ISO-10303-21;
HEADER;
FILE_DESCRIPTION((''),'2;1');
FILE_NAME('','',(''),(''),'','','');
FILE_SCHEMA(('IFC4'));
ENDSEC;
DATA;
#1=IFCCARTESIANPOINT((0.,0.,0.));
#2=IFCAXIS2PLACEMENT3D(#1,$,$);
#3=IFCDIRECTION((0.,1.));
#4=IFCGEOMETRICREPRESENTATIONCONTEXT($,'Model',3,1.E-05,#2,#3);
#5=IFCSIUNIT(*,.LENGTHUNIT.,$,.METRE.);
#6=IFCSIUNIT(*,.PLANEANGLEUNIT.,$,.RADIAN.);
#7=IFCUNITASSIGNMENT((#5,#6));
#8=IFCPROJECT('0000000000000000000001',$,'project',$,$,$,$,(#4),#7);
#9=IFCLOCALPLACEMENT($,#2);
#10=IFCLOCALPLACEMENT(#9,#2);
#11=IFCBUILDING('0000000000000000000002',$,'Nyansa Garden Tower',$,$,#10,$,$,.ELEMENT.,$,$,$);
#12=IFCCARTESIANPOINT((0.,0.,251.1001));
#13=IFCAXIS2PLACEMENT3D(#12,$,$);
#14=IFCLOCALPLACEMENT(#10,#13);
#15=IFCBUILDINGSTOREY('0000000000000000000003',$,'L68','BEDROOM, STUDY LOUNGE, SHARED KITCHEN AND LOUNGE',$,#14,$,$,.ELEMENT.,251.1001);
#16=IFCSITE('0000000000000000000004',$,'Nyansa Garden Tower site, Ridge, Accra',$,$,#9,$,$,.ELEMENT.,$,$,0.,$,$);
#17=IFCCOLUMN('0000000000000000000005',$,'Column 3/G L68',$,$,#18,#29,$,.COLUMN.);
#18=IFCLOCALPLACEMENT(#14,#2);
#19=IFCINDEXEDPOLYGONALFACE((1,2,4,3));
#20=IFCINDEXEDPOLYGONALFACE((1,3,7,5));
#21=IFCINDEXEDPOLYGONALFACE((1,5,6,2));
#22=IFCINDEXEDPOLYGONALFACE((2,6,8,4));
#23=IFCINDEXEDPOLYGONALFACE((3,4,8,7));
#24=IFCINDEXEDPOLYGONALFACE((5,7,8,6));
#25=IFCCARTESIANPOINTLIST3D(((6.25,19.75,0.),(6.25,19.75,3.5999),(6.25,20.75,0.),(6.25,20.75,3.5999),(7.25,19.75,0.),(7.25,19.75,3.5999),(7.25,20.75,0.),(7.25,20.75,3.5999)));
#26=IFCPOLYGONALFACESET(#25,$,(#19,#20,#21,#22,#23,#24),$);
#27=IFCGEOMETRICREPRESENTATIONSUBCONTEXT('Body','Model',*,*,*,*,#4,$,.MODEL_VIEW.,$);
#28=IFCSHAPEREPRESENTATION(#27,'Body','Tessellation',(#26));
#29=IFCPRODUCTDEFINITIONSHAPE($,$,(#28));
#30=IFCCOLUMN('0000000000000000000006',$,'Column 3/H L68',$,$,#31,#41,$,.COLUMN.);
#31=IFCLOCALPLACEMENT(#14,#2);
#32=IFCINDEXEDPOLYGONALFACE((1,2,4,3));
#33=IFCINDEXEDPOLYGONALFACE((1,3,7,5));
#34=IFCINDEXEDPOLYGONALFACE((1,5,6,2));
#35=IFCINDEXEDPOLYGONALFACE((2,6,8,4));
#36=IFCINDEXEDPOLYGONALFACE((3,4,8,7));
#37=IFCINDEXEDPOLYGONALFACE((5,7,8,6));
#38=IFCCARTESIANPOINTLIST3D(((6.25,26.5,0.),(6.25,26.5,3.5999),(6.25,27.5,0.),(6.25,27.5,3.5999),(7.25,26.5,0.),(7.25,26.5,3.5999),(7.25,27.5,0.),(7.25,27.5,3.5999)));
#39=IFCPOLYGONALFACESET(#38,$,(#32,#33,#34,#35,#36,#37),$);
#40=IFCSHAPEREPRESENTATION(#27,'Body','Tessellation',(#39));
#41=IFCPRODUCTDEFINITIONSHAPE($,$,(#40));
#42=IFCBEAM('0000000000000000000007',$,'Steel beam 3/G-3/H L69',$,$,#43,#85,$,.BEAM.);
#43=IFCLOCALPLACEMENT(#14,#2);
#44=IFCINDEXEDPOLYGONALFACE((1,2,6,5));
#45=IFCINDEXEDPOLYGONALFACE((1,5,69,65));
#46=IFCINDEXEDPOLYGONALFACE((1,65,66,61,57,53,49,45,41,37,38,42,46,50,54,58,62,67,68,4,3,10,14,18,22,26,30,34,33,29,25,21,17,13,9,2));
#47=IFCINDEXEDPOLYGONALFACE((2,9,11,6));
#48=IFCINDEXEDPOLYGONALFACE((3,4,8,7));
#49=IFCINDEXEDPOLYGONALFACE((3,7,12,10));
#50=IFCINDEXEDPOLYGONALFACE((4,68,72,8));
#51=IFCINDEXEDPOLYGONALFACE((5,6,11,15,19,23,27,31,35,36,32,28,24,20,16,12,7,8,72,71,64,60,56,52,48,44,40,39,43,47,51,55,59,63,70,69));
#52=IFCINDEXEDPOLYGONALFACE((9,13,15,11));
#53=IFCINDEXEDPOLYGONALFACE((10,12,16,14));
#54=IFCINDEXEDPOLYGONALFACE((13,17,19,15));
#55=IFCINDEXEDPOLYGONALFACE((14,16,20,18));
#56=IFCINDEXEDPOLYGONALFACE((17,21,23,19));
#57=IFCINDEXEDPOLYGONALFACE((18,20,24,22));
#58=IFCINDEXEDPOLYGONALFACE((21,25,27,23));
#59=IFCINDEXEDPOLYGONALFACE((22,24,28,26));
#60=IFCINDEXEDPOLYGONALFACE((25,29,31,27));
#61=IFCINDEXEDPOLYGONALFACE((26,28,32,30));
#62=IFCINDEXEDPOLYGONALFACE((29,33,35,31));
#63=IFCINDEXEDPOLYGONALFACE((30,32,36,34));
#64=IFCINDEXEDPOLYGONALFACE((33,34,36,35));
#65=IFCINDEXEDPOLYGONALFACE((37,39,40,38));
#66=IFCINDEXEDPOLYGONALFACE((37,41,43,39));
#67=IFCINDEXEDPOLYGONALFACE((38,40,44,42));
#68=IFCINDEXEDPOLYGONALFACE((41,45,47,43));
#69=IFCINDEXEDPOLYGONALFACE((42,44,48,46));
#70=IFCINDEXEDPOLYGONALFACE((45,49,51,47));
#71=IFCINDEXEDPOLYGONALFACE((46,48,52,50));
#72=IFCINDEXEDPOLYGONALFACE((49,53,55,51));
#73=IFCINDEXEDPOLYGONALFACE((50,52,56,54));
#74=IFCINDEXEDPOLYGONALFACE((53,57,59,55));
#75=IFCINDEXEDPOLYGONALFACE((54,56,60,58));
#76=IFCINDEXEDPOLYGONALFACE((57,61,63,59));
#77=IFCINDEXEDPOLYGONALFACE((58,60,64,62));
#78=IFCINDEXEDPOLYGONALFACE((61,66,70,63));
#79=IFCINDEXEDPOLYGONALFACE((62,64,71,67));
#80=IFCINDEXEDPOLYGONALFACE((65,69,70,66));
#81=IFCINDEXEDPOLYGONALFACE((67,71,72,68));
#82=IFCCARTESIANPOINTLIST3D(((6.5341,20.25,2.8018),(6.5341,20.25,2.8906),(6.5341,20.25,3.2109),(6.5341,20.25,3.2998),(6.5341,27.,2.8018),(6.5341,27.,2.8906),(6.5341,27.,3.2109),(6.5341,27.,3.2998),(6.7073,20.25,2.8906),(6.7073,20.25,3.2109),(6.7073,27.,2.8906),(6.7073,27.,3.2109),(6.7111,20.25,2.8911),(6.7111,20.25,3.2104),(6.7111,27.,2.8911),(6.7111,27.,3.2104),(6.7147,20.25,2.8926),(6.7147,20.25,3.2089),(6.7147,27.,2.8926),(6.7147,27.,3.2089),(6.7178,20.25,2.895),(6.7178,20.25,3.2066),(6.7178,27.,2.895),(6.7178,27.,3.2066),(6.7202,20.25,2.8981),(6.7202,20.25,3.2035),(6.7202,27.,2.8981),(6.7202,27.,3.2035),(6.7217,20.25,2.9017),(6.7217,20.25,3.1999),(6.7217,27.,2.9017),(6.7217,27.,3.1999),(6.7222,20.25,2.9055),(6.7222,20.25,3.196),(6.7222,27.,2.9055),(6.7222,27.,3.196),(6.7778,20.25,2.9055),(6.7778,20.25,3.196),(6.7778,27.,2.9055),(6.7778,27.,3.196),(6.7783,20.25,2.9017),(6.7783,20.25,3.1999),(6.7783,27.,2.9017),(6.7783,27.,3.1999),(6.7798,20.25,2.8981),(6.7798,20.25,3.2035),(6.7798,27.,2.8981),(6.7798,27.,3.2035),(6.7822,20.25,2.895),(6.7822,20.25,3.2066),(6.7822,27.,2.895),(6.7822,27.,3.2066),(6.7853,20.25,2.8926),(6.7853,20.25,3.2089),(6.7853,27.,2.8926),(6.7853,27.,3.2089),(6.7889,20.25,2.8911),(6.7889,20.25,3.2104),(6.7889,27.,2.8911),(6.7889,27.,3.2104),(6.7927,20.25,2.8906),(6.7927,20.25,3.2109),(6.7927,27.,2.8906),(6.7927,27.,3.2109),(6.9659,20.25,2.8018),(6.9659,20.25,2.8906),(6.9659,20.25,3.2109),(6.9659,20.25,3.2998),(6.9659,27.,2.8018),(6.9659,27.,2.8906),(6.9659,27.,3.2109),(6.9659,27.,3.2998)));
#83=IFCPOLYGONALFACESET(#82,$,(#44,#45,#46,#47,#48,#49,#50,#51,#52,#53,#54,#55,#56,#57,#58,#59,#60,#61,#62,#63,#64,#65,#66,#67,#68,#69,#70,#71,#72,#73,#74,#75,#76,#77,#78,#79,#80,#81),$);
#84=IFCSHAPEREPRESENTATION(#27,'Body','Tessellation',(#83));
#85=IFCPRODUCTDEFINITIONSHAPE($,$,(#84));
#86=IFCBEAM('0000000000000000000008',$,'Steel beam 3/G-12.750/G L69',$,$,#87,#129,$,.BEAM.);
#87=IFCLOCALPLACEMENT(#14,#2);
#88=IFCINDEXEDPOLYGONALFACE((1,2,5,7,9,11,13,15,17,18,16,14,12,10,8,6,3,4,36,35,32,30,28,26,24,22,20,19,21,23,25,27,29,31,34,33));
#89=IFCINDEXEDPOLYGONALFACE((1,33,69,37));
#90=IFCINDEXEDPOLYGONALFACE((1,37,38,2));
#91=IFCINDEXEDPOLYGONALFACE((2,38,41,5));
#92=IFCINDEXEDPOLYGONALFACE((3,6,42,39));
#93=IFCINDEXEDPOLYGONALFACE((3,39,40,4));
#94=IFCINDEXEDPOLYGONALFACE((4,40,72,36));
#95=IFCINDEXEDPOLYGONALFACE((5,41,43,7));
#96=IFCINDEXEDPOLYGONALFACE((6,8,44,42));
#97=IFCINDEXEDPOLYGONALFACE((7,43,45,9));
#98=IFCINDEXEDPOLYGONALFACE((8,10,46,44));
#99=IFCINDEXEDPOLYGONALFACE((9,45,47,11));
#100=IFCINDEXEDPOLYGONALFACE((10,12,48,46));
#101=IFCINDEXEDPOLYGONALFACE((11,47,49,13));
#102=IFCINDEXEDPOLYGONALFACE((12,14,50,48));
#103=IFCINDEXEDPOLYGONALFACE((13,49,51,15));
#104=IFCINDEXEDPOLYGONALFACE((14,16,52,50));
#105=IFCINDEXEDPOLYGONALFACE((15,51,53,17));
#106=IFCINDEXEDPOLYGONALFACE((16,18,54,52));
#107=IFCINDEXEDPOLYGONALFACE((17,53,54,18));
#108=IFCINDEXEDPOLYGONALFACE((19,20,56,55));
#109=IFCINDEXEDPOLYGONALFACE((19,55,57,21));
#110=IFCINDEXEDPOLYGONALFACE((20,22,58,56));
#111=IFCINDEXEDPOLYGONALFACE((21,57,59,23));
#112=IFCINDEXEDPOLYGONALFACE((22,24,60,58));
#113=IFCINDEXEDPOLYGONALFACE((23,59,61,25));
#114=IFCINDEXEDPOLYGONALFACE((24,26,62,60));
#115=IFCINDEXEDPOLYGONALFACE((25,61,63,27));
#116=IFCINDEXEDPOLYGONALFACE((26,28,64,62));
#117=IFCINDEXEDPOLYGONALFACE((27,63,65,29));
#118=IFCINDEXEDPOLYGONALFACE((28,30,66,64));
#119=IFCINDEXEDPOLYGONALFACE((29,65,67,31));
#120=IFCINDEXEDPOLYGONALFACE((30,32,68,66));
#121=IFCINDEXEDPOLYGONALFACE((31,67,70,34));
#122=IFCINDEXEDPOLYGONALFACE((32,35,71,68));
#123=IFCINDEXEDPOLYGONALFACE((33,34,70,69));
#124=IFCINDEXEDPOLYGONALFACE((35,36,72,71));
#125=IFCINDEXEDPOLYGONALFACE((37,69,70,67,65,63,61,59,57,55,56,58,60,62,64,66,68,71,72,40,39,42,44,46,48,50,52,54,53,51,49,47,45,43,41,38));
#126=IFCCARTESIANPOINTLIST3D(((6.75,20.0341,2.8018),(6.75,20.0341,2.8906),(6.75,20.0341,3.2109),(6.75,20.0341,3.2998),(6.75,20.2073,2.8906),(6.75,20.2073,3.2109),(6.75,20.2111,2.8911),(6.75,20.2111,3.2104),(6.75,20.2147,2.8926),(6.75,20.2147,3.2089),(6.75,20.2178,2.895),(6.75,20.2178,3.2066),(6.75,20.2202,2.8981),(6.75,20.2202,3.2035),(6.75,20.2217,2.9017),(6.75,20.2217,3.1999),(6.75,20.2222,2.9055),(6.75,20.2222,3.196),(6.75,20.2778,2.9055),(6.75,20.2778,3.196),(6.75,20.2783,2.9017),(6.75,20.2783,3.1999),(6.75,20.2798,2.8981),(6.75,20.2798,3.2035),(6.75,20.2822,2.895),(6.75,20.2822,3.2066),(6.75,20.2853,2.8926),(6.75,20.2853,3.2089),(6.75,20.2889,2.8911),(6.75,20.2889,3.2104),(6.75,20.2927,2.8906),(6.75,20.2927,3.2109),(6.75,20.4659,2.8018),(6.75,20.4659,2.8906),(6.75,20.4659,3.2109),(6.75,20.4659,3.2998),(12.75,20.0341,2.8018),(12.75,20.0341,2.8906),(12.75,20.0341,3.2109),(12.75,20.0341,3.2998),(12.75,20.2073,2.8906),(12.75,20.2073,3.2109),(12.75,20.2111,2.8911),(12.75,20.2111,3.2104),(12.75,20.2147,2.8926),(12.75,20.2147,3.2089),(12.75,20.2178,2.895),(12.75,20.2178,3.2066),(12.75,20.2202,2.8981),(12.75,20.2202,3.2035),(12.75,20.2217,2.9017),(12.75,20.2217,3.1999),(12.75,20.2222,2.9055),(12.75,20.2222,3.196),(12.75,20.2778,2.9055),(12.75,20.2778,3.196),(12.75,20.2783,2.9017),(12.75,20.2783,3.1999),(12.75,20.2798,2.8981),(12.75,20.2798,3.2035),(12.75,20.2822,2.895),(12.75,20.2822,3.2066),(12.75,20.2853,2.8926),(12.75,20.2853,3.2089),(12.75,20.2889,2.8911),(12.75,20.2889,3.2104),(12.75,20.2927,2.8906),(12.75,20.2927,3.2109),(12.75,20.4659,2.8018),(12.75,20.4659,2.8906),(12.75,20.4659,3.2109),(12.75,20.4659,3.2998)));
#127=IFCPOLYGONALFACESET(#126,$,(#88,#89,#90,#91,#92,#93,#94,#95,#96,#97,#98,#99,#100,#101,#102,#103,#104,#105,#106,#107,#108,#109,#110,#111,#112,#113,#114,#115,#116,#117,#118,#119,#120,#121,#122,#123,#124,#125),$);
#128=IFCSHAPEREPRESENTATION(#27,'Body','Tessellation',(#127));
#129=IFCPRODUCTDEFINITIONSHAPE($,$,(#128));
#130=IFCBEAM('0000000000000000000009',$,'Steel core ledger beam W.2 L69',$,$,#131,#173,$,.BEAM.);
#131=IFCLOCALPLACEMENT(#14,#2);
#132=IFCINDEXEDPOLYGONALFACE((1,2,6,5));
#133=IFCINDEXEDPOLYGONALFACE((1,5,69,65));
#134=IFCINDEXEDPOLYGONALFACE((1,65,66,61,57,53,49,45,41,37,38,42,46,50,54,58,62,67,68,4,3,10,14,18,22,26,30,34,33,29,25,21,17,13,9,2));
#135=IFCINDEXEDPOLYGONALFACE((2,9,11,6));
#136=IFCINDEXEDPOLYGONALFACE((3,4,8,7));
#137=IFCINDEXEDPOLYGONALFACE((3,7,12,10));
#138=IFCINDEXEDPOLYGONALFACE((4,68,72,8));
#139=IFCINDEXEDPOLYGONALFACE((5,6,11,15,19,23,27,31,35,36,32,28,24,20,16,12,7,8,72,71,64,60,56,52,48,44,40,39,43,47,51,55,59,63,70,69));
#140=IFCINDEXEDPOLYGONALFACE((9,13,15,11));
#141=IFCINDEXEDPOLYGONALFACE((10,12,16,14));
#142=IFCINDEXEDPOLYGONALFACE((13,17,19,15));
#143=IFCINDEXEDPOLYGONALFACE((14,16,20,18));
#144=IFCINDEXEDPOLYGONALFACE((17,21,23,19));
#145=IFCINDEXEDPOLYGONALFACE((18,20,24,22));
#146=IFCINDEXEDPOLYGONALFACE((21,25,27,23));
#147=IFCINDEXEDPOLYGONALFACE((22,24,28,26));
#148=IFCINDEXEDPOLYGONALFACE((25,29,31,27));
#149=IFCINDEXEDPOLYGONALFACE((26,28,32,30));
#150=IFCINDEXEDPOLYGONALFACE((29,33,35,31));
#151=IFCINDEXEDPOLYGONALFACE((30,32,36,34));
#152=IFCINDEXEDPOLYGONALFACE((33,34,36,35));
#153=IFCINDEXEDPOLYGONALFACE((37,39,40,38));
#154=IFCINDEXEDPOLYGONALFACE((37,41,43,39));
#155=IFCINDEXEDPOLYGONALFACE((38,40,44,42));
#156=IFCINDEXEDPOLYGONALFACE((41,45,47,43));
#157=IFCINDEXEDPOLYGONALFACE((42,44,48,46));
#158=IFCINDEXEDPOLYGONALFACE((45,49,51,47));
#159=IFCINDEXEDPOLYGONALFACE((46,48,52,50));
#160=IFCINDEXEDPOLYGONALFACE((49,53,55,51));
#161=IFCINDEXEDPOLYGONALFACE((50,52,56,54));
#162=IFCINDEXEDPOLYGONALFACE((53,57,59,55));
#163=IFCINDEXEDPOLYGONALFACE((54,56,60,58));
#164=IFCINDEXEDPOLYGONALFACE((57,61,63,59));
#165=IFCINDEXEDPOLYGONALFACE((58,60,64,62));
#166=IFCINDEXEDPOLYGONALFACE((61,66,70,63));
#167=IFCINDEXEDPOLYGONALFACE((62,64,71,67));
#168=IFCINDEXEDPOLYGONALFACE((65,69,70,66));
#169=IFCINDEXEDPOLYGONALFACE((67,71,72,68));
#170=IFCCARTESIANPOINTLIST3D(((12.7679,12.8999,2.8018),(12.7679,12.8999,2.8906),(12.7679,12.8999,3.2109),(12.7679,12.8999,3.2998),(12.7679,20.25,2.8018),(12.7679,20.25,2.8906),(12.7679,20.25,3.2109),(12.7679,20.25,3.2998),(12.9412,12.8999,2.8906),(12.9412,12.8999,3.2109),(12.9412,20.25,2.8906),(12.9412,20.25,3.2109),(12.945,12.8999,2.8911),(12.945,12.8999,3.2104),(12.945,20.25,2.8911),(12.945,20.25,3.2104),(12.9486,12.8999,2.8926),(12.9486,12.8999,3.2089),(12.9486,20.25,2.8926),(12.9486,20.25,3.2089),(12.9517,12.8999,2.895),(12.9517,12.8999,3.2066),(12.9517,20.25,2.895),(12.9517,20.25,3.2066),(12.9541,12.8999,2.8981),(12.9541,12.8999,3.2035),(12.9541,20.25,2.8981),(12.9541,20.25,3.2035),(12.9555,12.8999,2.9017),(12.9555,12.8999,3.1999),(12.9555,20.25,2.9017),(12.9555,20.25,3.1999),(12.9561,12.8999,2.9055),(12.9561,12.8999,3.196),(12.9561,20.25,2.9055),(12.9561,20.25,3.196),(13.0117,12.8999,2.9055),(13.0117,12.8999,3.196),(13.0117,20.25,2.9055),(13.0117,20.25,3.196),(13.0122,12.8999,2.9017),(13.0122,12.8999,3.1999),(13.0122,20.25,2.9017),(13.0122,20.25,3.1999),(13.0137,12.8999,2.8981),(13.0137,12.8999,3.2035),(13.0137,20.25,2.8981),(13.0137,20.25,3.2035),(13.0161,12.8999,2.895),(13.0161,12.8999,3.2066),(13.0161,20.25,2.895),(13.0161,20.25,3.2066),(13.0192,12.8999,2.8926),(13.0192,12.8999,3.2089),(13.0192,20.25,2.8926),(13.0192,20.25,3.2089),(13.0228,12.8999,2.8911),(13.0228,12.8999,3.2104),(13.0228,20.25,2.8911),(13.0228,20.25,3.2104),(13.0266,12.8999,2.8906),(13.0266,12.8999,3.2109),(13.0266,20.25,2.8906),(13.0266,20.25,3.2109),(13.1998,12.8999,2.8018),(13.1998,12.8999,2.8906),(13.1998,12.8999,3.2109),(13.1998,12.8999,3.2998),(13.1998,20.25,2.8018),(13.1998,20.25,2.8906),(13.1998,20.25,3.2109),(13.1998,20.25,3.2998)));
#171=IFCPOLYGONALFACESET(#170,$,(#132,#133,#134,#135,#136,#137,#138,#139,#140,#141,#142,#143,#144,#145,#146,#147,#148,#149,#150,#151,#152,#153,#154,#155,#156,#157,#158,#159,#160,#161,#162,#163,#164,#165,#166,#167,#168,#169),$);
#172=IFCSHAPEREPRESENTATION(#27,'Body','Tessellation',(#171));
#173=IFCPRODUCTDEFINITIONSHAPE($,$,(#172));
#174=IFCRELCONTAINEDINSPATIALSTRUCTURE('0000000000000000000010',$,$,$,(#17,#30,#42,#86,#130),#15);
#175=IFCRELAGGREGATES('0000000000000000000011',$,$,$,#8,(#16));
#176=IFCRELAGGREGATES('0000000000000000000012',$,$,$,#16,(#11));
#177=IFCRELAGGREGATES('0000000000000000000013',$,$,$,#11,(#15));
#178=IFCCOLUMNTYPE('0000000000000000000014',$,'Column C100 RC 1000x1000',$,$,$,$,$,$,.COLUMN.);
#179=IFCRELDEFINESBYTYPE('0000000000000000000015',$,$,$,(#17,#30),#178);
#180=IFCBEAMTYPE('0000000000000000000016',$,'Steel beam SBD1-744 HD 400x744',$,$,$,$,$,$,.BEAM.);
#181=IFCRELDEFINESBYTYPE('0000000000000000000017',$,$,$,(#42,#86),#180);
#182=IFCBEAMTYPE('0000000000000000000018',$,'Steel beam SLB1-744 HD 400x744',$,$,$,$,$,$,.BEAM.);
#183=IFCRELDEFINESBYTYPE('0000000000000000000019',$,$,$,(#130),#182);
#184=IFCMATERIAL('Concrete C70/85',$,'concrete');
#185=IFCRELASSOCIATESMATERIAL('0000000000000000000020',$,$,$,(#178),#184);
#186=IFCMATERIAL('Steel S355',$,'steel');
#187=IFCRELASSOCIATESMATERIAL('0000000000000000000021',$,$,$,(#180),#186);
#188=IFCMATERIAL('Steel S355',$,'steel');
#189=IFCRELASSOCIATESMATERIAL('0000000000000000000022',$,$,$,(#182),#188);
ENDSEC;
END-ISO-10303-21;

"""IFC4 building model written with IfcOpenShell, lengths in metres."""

from ifc_helpers import new_model, si_unit, direction, frame, origin, origin_2d, place, context, subcontext, project, spatial, rectangle, i_section, extrude, material, material_profile, profile_set, type_object, element, save


model = new_model("IFC4")

# Units and contexts
model_context = context("Model", 3, precision=1e-05, world=origin(), true_north=direction((0.0, 1.0)))
body_context = subcontext(model_context, "Body", "Model", "MODEL_VIEW")
ifc_project = project(units=[si_unit("LENGTHUNIT", "METRE"), si_unit("PLANEANGLEUNIT", "RADIAN")], contexts=[model_context])

# Site, building, storey
site_placement = place(None, origin())
site = spatial("IfcSite", under=ifc_project, at=site_placement, Name="Nyansa Garden Tower site, Ridge, Accra", CompositionType="ELEMENT", RefElevation=0.0)
building_placement = place(site_placement, origin())
building = spatial("IfcBuilding", under=site, at=building_placement, Name="Nyansa Garden Tower", CompositionType="ELEMENT")
storey_placement = place(building_placement, frame((0.0, 0.0, 251.1001)))
storey = spatial("IfcBuildingStorey", under=building, at=storey_placement, Name="L68", Description="BEDROOM, STUDY LOUNGE, SHARED KITCHEN AND LOUNGE", CompositionType="ELEMENT", Elevation=251.1001)

# Columns
ifc_material_1 = material(Name="Concrete C70/85", Category="concrete")
ifc_material_profile_1 = material_profile(ifc_material_1, rectangle(XDim=1.0, YDim=1.0, at=origin_2d()), Name="RC 1000x1000")
ifc_profile_set_1 = profile_set([ifc_material_profile_1], Name="Concrete C70/85")
column_type = type_object("IfcColumnType", Name="Column C100 RC 1000x1000", PredefinedType="COLUMN", material=ifc_profile_set_1)
for number, where, z_axis, x_axis, name in (
    (1, (6.75, 20.25, 0.0), (0.0, 0.0, 1.0), (1.0, 0.0, 0.0), "Column 3/G L68"),
    (2, (6.75, 27.0, 0.0), (0.0, 0.0, 1.0), (1.0, 0.0, 0.0), "Column 3/H L68"),
):
    element("IfcColumn", number, at=place(storey_placement, frame(where, z_axis=z_axis, x_axis=x_axis)), inside=storey, type_object=column_type, Name=name, PredefinedType="COLUMN", context=body_context, shape_type="SweptSolid", body=[
        extrude(rectangle(XDim=1.0, YDim=1.0, at=origin_2d()), origin(), (0.0, 0.0, 1.0), 3.5999),
    ])

# Beams
ifc_material_2 = material(Name="Steel S355", Category="steel")
ifc_material_profile_2 = material_profile(ifc_material_2, i_section(OverallWidth=0.4319, OverallDepth=0.498, WebThickness=0.0557, FlangeThickness=0.0889, FilletRadius=0.0149, at=origin_2d()), Name="HD 400x744")
ifc_profile_set_2 = profile_set([ifc_material_profile_2], Name="Steel S355")
beam_type_1 = type_object("IfcBeamType", Name="Steel beam SBD1-744 HD 400x744", PredefinedType="BEAM", material=ifc_profile_set_2)
beam_1_placement = place(storey_placement, frame((6.75, 20.25, 3.0508), z_axis=(0.0, 1.0, 0.0), x_axis=(-1.0, 0.0, 0.0)))
element("IfcBeam", 3, at=beam_1_placement, inside=storey, type_object=beam_type_1, Name="Steel beam 3/G-3/H L69", PredefinedType="BEAM", context=body_context, shape_type="SweptSolid", body=[
    extrude(i_section(OverallWidth=0.4319, OverallDepth=0.498, WebThickness=0.0557, FlangeThickness=0.0889, FilletRadius=0.0149, at=origin_2d()), origin(), (0.0, 0.0, 1.0), 6.75),
])
beam_2_placement = place(storey_placement, frame((6.75, 20.25, 3.0508), z_axis=(1.0, 0.0, 0.0), x_axis=(0.0, 1.0, 0.0)))
element("IfcBeam", 4, at=beam_2_placement, inside=storey, type_object=beam_type_1, Name="Steel beam 3/G-12.750/G L69", PredefinedType="BEAM", context=body_context, shape_type="SweptSolid", body=[
    extrude(i_section(OverallWidth=0.4319, OverallDepth=0.498, WebThickness=0.0557, FlangeThickness=0.0889, FilletRadius=0.0149, at=origin_2d()), origin(), (0.0, 0.0, 1.0), 6.0),
])
ifc_material_3 = material(Name="Steel S355", Category="steel")
ifc_material_profile_3 = material_profile(ifc_material_3, i_section(OverallWidth=0.4319, OverallDepth=0.498, WebThickness=0.0557, FlangeThickness=0.0889, FilletRadius=0.0149, at=origin_2d()), Name="HD 400x744")
ifc_profile_set_3 = profile_set([ifc_material_profile_3], Name="Steel S355")
beam_type_2 = type_object("IfcBeamType", Name="Steel beam SLB1-744 HD 400x744", PredefinedType="BEAM", material=ifc_profile_set_3)
beam_3_placement = place(storey_placement, frame((12.9839, 20.25, 3.0508), z_axis=(0.0, -1.0, 0.0), x_axis=(1.0, 0.0, 0.0)))
element("IfcBeam", 5, at=beam_3_placement, inside=storey, type_object=beam_type_2, Name="Steel core ledger beam W.2 L69", PredefinedType="BEAM", context=body_context, shape_type="SweptSolid", body=[
    extrude(i_section(OverallWidth=0.4319, OverallDepth=0.498, WebThickness=0.0557, FlangeThickness=0.0889, FilletRadius=0.0149, at=origin_2d()), origin(), (0.0, 0.0, 1.0), 7.3501),
])

save(model, "model.ifc")
